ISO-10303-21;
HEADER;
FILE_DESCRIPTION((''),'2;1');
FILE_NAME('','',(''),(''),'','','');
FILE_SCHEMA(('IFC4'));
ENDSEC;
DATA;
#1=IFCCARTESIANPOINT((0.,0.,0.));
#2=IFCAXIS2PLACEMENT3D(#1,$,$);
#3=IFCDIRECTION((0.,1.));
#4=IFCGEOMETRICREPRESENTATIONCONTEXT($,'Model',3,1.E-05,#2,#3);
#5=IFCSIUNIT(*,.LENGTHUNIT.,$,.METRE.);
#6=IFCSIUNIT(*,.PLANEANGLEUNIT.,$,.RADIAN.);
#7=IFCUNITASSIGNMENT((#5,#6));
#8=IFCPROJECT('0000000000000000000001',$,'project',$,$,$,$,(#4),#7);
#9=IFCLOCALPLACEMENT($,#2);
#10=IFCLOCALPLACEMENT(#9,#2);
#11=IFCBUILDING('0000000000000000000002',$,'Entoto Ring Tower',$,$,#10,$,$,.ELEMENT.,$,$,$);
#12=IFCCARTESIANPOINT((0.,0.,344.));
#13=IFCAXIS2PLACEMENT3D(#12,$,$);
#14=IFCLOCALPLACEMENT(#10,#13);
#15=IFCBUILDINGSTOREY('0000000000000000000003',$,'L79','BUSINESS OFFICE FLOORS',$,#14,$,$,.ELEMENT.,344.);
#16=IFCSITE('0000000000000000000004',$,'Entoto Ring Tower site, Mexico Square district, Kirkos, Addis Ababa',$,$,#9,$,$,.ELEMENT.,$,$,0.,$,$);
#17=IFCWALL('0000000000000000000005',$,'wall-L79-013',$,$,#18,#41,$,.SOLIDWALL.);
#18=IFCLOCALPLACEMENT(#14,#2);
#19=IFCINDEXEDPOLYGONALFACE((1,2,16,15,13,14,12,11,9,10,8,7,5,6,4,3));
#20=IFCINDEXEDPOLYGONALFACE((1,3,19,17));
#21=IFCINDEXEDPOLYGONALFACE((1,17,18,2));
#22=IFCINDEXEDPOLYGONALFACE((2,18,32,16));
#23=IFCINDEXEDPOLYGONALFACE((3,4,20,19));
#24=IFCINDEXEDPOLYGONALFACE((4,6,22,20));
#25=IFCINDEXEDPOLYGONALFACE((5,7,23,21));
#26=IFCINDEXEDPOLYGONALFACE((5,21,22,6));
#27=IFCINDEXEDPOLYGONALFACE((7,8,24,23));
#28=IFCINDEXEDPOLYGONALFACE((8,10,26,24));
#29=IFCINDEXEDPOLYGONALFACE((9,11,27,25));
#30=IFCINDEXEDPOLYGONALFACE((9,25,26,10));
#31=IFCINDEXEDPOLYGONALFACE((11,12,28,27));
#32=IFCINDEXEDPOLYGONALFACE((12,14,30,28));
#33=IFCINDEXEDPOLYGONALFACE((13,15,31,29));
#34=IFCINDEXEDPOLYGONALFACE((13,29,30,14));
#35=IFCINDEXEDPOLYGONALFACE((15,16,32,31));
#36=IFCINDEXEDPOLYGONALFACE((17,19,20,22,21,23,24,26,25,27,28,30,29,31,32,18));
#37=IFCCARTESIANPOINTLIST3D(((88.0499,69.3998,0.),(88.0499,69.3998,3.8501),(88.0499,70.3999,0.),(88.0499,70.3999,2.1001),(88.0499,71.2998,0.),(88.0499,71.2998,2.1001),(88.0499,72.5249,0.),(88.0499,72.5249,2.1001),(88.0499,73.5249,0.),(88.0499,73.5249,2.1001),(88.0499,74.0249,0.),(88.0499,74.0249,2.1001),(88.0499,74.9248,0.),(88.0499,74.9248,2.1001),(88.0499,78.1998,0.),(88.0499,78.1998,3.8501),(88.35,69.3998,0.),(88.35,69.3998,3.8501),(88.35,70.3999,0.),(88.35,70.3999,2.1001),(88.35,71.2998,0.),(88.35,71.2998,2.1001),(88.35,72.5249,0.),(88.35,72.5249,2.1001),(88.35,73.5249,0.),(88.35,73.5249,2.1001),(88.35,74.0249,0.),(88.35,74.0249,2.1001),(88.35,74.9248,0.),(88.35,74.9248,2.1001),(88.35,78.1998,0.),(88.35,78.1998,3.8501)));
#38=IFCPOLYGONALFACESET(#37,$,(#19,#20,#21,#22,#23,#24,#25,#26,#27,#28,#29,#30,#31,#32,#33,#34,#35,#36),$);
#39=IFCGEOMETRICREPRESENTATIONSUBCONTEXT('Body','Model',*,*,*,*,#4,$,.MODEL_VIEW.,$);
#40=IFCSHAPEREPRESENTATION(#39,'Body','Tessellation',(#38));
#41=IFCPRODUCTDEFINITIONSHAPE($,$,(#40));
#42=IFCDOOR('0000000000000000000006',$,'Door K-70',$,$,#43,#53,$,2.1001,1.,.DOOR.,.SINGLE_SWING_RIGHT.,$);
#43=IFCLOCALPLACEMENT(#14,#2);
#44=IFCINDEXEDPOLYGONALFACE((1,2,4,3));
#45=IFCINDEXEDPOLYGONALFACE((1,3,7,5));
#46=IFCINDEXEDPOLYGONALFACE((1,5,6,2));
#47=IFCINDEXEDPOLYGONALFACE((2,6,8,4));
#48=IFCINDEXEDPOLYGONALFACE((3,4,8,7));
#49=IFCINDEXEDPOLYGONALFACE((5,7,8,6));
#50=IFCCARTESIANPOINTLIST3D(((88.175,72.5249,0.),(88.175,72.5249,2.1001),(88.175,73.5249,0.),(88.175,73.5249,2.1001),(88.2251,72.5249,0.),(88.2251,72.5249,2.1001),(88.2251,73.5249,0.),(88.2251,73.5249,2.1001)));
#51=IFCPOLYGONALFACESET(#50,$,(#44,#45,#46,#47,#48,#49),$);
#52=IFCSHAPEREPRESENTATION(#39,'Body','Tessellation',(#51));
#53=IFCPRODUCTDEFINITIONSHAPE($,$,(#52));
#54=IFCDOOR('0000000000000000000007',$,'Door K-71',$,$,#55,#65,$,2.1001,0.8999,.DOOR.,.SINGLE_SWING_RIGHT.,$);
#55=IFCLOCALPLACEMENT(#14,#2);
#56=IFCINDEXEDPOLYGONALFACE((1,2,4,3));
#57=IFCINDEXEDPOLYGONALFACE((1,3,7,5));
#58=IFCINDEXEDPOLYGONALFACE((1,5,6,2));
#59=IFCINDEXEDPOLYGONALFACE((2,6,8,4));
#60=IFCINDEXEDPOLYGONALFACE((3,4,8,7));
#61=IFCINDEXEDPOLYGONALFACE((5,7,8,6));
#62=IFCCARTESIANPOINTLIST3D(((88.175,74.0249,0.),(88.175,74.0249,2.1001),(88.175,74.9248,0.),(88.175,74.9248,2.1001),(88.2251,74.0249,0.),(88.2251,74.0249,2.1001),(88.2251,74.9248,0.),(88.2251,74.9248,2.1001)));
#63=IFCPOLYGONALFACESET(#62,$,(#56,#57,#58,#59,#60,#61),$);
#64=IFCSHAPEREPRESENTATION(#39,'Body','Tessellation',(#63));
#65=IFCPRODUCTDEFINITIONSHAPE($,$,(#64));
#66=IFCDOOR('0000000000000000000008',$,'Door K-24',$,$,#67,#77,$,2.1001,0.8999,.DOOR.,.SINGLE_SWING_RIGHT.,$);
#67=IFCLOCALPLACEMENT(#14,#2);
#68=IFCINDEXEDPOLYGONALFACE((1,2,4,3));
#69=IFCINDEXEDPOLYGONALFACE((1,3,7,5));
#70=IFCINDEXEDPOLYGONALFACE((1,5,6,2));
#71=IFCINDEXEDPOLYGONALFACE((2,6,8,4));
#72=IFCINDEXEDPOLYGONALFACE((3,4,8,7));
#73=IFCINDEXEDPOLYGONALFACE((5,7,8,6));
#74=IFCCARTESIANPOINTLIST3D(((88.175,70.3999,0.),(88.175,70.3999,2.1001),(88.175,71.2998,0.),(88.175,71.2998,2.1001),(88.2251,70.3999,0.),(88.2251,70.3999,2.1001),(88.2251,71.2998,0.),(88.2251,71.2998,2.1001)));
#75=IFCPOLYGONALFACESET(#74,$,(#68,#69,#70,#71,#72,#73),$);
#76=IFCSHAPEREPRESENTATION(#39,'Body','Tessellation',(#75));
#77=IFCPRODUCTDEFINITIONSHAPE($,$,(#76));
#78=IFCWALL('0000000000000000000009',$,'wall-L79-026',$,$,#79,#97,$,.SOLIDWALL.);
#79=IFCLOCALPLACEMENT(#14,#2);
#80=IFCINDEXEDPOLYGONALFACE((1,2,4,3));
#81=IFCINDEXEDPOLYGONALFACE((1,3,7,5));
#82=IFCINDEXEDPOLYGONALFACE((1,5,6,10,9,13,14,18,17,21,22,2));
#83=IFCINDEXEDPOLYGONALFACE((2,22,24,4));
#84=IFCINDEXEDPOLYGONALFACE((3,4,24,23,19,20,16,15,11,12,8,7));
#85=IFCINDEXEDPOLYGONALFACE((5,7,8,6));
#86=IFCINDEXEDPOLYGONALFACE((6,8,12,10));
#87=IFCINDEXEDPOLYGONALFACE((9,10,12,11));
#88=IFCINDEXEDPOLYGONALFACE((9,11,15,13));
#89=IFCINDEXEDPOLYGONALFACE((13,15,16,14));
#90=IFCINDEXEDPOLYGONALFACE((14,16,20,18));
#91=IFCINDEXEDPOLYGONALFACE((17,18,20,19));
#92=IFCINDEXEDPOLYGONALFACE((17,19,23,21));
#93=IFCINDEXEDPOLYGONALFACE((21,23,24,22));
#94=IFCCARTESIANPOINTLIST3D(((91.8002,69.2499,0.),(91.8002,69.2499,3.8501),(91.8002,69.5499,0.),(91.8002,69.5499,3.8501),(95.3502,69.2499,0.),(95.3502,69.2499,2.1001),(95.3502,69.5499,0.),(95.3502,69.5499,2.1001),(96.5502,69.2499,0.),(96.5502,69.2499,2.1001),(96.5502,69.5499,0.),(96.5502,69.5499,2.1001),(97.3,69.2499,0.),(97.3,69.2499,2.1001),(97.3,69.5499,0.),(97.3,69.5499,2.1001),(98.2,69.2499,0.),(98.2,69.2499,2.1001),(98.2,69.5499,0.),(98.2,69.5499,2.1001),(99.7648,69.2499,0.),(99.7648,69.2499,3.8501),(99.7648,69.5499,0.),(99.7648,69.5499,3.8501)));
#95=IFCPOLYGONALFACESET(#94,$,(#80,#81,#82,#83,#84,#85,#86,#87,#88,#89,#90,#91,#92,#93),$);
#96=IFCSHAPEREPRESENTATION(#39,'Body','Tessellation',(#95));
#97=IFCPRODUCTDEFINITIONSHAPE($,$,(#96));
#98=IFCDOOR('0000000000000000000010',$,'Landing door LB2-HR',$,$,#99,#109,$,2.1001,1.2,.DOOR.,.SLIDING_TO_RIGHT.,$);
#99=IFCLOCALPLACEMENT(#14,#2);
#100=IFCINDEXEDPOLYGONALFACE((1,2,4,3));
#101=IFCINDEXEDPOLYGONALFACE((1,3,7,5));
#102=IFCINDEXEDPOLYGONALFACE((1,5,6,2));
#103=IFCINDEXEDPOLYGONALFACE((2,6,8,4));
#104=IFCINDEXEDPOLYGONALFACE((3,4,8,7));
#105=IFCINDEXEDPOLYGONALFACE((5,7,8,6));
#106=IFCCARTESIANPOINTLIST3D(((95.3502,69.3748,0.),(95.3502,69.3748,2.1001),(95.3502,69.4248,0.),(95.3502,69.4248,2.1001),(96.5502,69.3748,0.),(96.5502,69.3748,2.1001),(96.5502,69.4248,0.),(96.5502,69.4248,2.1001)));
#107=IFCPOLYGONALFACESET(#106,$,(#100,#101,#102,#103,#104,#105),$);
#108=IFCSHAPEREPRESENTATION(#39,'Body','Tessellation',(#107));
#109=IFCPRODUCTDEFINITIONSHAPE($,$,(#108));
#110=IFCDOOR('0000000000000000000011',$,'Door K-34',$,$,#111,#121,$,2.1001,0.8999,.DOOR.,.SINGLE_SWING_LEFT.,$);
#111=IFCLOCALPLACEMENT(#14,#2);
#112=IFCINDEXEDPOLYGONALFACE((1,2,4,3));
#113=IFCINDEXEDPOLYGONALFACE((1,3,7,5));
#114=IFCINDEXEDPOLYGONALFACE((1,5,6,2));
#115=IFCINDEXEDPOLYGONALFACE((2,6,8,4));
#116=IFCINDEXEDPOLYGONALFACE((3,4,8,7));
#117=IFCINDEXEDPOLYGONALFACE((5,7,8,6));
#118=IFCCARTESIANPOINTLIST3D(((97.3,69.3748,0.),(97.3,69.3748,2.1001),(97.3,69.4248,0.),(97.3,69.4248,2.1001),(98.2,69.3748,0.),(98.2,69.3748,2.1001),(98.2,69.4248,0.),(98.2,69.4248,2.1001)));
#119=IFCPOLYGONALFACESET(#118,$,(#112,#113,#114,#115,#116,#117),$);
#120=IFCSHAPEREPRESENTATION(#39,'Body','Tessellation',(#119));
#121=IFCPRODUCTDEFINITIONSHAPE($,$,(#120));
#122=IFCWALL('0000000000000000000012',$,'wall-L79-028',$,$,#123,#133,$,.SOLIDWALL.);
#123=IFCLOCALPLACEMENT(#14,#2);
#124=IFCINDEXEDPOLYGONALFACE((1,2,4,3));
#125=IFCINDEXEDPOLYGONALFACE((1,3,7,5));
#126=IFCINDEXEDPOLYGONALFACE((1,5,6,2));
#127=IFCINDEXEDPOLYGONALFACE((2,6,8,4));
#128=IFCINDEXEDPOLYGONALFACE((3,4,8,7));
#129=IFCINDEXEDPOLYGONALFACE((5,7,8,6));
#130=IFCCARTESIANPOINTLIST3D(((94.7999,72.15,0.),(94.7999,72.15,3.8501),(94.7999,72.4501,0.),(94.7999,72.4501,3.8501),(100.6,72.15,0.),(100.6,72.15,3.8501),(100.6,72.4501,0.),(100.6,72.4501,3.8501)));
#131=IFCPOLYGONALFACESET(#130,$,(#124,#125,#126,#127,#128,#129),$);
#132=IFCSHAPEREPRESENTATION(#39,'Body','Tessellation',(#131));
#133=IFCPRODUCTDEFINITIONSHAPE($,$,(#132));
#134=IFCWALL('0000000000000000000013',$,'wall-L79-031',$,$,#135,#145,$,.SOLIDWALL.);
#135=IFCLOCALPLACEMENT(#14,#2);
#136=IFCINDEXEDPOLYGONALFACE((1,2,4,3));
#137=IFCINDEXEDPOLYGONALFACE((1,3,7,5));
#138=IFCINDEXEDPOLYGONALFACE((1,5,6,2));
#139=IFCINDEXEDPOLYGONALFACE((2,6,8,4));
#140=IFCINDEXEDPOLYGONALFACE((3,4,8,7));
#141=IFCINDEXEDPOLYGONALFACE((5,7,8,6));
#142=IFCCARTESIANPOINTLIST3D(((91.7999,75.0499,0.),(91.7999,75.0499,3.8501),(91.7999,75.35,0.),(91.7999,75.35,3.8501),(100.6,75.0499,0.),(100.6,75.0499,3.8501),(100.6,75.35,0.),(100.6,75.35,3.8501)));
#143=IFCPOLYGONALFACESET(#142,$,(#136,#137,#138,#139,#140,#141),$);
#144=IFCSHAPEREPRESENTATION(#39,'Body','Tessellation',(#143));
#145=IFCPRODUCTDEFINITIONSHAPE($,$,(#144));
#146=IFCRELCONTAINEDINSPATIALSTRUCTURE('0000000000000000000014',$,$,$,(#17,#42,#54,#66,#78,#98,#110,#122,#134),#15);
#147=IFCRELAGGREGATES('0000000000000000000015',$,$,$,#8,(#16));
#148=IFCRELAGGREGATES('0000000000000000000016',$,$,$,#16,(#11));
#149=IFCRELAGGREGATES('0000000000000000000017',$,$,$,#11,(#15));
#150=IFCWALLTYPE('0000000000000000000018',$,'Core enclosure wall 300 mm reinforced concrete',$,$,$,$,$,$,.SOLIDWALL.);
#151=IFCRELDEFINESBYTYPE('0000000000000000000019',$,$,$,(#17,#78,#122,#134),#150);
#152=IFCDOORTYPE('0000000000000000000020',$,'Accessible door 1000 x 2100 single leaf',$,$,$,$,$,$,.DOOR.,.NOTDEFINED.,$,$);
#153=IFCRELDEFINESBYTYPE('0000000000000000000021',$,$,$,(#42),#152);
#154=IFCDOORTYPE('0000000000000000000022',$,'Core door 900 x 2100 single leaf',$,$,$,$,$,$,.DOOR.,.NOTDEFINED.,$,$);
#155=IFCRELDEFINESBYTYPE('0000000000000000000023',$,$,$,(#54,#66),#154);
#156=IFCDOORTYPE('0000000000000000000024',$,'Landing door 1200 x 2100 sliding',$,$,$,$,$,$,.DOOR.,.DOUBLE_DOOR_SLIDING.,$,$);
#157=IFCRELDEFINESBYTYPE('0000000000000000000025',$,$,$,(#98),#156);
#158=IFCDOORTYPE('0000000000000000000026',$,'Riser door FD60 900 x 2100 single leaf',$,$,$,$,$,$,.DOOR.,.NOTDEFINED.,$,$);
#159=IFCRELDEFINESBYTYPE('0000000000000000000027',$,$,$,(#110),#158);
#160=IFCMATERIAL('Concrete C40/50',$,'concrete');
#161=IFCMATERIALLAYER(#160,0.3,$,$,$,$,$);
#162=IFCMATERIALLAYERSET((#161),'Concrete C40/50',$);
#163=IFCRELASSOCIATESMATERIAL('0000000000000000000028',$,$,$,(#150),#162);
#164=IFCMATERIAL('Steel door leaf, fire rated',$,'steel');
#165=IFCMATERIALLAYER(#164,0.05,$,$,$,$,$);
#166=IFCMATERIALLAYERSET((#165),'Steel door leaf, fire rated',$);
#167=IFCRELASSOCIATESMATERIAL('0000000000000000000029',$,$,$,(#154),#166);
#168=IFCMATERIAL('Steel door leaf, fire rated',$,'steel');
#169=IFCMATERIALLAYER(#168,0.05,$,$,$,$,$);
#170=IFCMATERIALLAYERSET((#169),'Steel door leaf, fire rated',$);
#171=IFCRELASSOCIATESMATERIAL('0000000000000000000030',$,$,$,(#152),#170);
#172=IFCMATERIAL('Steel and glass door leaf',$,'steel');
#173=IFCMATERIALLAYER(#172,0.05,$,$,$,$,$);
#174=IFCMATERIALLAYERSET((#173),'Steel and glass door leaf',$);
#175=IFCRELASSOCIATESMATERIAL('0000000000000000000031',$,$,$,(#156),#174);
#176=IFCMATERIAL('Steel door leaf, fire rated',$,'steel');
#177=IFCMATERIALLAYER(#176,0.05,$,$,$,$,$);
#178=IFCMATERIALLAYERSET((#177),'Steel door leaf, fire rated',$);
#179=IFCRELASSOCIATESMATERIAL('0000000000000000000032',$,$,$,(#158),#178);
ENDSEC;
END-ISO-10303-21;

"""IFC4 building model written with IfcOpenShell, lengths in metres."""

from ifc_helpers import new_model, si_unit, direction, frame, frame_2d, origin, place, context, subcontext, project, spatial, rectangle, extrude, material, layer, layer_set, type_object, element, fill, save


model = new_model("IFC4")

# Units and contexts
model_context = context("Model", 3, precision=1e-05, world=origin(), true_north=direction((0.0, 1.0)))
body_context = subcontext(model_context, "Body", "Model", "MODEL_VIEW")
ifc_project = project(units=[si_unit("LENGTHUNIT", "METRE"), si_unit("PLANEANGLEUNIT", "RADIAN")], contexts=[model_context])

# Site, building, storey
site_placement = place(None, origin())
site = spatial("IfcSite", under=ifc_project, at=site_placement, Name="Entoto Ring Tower site, Mexico Square district, Kirkos, Addis Ababa", CompositionType="ELEMENT", RefElevation=0.0)
building_placement = place(site_placement, origin())
building = spatial("IfcBuilding", under=site, at=building_placement, Name="Entoto Ring Tower", CompositionType="ELEMENT")
storey_placement = place(building_placement, frame((0.0, 0.0, 344.0)))
storey = spatial("IfcBuildingStorey", under=building, at=storey_placement, Name="L79", Description="BUSINESS OFFICE FLOORS", CompositionType="ELEMENT", Elevation=344.0)

# Shared definitions
ifc_material_1 = material(Name="Concrete C40/50", Category="concrete")
ifc_layer_1 = layer(ifc_material_1, 0.3)
ifc_layer_set_1 = layer_set([ifc_layer_1], Name="Concrete C40/50")
wall_type = type_object("IfcWallType", Name="Core enclosure wall 300 mm reinforced concrete", PredefinedType="SOLIDWALL", material=ifc_layer_set_1)

# Shared definitions
ifc_material_2 = material(Name="Steel door leaf, fire rated", Category="steel")
ifc_layer_2 = layer(ifc_material_2, 0.05)
ifc_layer_set_2 = layer_set([ifc_layer_2], Name="Steel door leaf, fire rated")
door_type_1 = type_object("IfcDoorType", Name="Core door 900 x 2100 single leaf", OperationType="NOTDEFINED", PredefinedType="DOOR", material=ifc_layer_set_2)

# Walls, openings, doors
wall_1_placement = place(storey_placement, frame((88.2, 69.3999, 0.0), z_axis=(0.0, 0.0, 1.0), x_axis=(0.0, 1.0, 0.0)))
wall_1 = element("IfcWall", 1, at=wall_1_placement, inside=storey, type_object=wall_type, Name="wall-L79-013", PredefinedType="SOLIDWALL", context=body_context, shape_type="SweptSolid", body=[
    extrude(rectangle(XDim=8.8, YDim=0.3, at=frame_2d((4.3999, 0.0))), origin(), (0.0, 0.0, 1.0), 3.8501),
])
opening_1_placement = place(wall_1_placement, frame((3.125, 0.0, 0.0)))
opening_1 = element("IfcOpeningElement", 2, at=opening_1_placement, cuts=wall_1, PredefinedType="OPENING", context=body_context, shape_type="SweptSolid", body=[
    extrude(rectangle(XDim=1.0, YDim=2.1001, at=frame_2d((0.5, 1.05))), frame((0.0, 0.1602, 0.0), z_axis=(0.0, -1.0, 0.0), x_axis=(1.0, 0.0, 0.0)), (0.0, 0.0, 1.0), 0.3201),
])
opening_2_placement = place(wall_1_placement, frame((4.625, 0.0, 0.0)))
opening_2 = element("IfcOpeningElement", 3, at=opening_2_placement, cuts=wall_1, PredefinedType="OPENING", context=body_context, shape_type="SweptSolid", body=[
    extrude(rectangle(XDim=0.8999, YDim=2.1001, at=frame_2d((0.45, 1.05))), frame((0.0, 0.1602, 0.0), z_axis=(0.0, -1.0, 0.0), x_axis=(1.0, 0.0, 0.0)), (0.0, 0.0, 1.0), 0.3201),
])
opening_3_placement = place(wall_1_placement, frame((1.0, 0.0, 0.0)))
opening_3 = element("IfcOpeningElement", 4, at=opening_3_placement, cuts=wall_1, PredefinedType="OPENING", context=body_context, shape_type="SweptSolid", body=[
    extrude(rectangle(XDim=0.8999, YDim=2.1001, at=frame_2d((0.45, 1.05))), frame((0.0, 0.1602, 0.0), z_axis=(0.0, -1.0, 0.0), x_axis=(1.0, 0.0, 0.0)), (0.0, 0.0, 1.0), 0.3201),
])
ifc_material_3 = material(Name="Steel door leaf, fire rated", Category="steel")
ifc_layer_3 = layer(ifc_material_3, 0.05)
ifc_layer_set_3 = layer_set([ifc_layer_3], Name="Steel door leaf, fire rated")
door_type_2 = type_object("IfcDoorType", Name="Accessible door 1000 x 2100 single leaf", OperationType="NOTDEFINED", PredefinedType="DOOR", material=ifc_layer_set_3)
door_1_placement = place(opening_1_placement, origin())
door_1 = element("IfcDoor", 5, at=door_1_placement, inside=storey, type_object=door_type_2, Name="Door K-70", OperationType="SINGLE_SWING_RIGHT", OverallHeight=2.1001, OverallWidth=1.0, PredefinedType="DOOR", context=body_context, shape_type="SweptSolid", body=[
    extrude(rectangle(XDim=1.0, YDim=2.1001, at=frame_2d((0.5, 1.05))), frame((0.0, 0.0249, 0.0), z_axis=(0.0, -1.0, 0.0), x_axis=(1.0, 0.0, 0.0)), (0.0, 0.0, 1.0), 0.05),
])
fill(opening_1, door_1)
door_2_placement = place(opening_2_placement, origin())
door_2 = element("IfcDoor", 6, at=door_2_placement, inside=storey, type_object=door_type_1, Name="Door K-71", OperationType="SINGLE_SWING_RIGHT", OverallHeight=2.1001, OverallWidth=0.8999, PredefinedType="DOOR", context=body_context, shape_type="SweptSolid", body=[
    extrude(rectangle(XDim=0.8999, YDim=2.1001, at=frame_2d((0.45, 1.05))), frame((0.0, 0.0249, 0.0), z_axis=(0.0, -1.0, 0.0), x_axis=(1.0, 0.0, 0.0)), (0.0, 0.0, 1.0), 0.05),
])
fill(opening_2, door_2)
door_3_placement = place(opening_3_placement, origin())
door_3 = element("IfcDoor", 7, at=door_3_placement, inside=storey, type_object=door_type_1, Name="Door K-24", OperationType="SINGLE_SWING_RIGHT", OverallHeight=2.1001, OverallWidth=0.8999, PredefinedType="DOOR", context=body_context, shape_type="SweptSolid", body=[
    extrude(rectangle(XDim=0.8999, YDim=2.1001, at=frame_2d((0.45, 1.05))), frame((0.0, 0.0249, 0.0), z_axis=(0.0, -1.0, 0.0), x_axis=(1.0, 0.0, 0.0)), (0.0, 0.0, 1.0), 0.05),
])
fill(opening_3, door_3)
wall_2_placement = place(storey_placement, frame((91.8, 69.3999, 0.0), z_axis=(0.0, 0.0, 1.0), x_axis=(1.0, 0.0, 0.0)))
wall_2 = element("IfcWall", 8, at=wall_2_placement, inside=storey, type_object=wall_type, Name="wall-L79-026", PredefinedType="SOLIDWALL", context=body_context, shape_type="SweptSolid", body=[
    extrude(rectangle(XDim=7.9646, YDim=0.3, at=frame_2d((3.9824, 0.0))), origin(), (0.0, 0.0, 1.0), 3.8501),
])
opening_4_placement = place(wall_2_placement, frame((3.55, 0.0, 0.0)))
opening_4 = element("IfcOpeningElement", 9, at=opening_4_placement, cuts=wall_2, PredefinedType="OPENING", context=body_context, shape_type="SweptSolid", body=[
    extrude(rectangle(XDim=1.2, YDim=2.1001, at=frame_2d((0.6001, 1.05))), frame((0.0, 0.1602, 0.0), z_axis=(0.0, -1.0, 0.0), x_axis=(1.0, 0.0, 0.0)), (0.0, 0.0, 1.0), 0.3201),
])
opening_5_placement = place(wall_2_placement, frame((5.5, 0.0, 0.0)))
opening_5 = element("IfcOpeningElement", 10, at=opening_5_placement, cuts=wall_2, PredefinedType="OPENING", context=body_context, shape_type="SweptSolid", body=[
    extrude(rectangle(XDim=0.8999, YDim=2.1001, at=frame_2d((0.45, 1.05))), frame((0.0, 0.1602, 0.0), z_axis=(0.0, -1.0, 0.0), x_axis=(1.0, 0.0, 0.0)), (0.0, 0.0, 1.0), 0.3201),
])
ifc_material_4 = material(Name="Steel and glass door leaf", Category="steel")
ifc_layer_4 = layer(ifc_material_4, 0.05)
ifc_layer_set_4 = layer_set([ifc_layer_4], Name="Steel and glass door leaf")
door_type_3 = type_object("IfcDoorType", Name="Landing door 1200 x 2100 sliding", OperationType="DOUBLE_DOOR_SLIDING", PredefinedType="DOOR", material=ifc_layer_set_4)
door_4_placement = place(opening_4_placement, origin())
door_4 = element("IfcDoor", 11, at=door_4_placement, inside=storey, type_object=door_type_3, Name="Landing door LB2-HR", OperationType="SLIDING_TO_RIGHT", OverallHeight=2.1001, OverallWidth=1.2, PredefinedType="DOOR", context=body_context, shape_type="SweptSolid", body=[
    extrude(rectangle(XDim=1.2, YDim=2.1001, at=frame_2d((0.6001, 1.05))), frame((0.0, 0.0249, 0.0), z_axis=(0.0, -1.0, 0.0), x_axis=(1.0, 0.0, 0.0)), (0.0, 0.0, 1.0), 0.05),
])
fill(opening_4, door_4)
ifc_material_5 = material(Name="Steel door leaf, fire rated", Category="steel")
ifc_layer_5 = layer(ifc_material_5, 0.05)
ifc_layer_set_5 = layer_set([ifc_layer_5], Name="Steel door leaf, fire rated")
door_type_4 = type_object("IfcDoorType", Name="Riser door FD60 900 x 2100 single leaf", OperationType="NOTDEFINED", PredefinedType="DOOR", material=ifc_layer_set_5)
door_5_placement = place(opening_5_placement, origin())
door_5 = element("IfcDoor", 12, at=door_5_placement, inside=storey, type_object=door_type_4, Name="Door K-34", OperationType="SINGLE_SWING_LEFT", OverallHeight=2.1001, OverallWidth=0.8999, PredefinedType="DOOR", context=body_context, shape_type="SweptSolid", body=[
    extrude(rectangle(XDim=0.8999, YDim=2.1001, at=frame_2d((0.45, 1.05))), frame((0.0, 0.0249, 0.0), z_axis=(0.0, -1.0, 0.0), x_axis=(1.0, 0.0, 0.0)), (0.0, 0.0, 1.0), 0.05),
])
fill(opening_5, door_5)

# Walls
wall_3_placement = place(storey_placement, frame((94.8, 72.3, 0.0), z_axis=(0.0, 0.0, 1.0), x_axis=(1.0, 0.0, 0.0)))
element("IfcWall", 13, at=wall_3_placement, inside=storey, type_object=wall_type, Name="wall-L79-028", PredefinedType="SOLIDWALL", context=body_context, shape_type="SweptSolid", body=[
    extrude(rectangle(XDim=5.8, YDim=0.3, at=frame_2d((2.8999, 0.0))), origin(), (0.0, 0.0, 1.0), 3.8501),
])
wall_4_placement = place(storey_placement, frame((91.8, 75.2, 0.0), z_axis=(0.0, 0.0, 1.0), x_axis=(1.0, 0.0, 0.0)))
element("IfcWall", 14, at=wall_4_placement, inside=storey, type_object=wall_type, Name="wall-L79-031", PredefinedType="SOLIDWALL", context=body_context, shape_type="SweptSolid", body=[
    extrude(rectangle(XDim=8.8, YDim=0.3, at=frame_2d((4.3999, 0.0))), origin(), (0.0, 0.0, 1.0), 3.8501),
])

save(model, "model.ifc")
